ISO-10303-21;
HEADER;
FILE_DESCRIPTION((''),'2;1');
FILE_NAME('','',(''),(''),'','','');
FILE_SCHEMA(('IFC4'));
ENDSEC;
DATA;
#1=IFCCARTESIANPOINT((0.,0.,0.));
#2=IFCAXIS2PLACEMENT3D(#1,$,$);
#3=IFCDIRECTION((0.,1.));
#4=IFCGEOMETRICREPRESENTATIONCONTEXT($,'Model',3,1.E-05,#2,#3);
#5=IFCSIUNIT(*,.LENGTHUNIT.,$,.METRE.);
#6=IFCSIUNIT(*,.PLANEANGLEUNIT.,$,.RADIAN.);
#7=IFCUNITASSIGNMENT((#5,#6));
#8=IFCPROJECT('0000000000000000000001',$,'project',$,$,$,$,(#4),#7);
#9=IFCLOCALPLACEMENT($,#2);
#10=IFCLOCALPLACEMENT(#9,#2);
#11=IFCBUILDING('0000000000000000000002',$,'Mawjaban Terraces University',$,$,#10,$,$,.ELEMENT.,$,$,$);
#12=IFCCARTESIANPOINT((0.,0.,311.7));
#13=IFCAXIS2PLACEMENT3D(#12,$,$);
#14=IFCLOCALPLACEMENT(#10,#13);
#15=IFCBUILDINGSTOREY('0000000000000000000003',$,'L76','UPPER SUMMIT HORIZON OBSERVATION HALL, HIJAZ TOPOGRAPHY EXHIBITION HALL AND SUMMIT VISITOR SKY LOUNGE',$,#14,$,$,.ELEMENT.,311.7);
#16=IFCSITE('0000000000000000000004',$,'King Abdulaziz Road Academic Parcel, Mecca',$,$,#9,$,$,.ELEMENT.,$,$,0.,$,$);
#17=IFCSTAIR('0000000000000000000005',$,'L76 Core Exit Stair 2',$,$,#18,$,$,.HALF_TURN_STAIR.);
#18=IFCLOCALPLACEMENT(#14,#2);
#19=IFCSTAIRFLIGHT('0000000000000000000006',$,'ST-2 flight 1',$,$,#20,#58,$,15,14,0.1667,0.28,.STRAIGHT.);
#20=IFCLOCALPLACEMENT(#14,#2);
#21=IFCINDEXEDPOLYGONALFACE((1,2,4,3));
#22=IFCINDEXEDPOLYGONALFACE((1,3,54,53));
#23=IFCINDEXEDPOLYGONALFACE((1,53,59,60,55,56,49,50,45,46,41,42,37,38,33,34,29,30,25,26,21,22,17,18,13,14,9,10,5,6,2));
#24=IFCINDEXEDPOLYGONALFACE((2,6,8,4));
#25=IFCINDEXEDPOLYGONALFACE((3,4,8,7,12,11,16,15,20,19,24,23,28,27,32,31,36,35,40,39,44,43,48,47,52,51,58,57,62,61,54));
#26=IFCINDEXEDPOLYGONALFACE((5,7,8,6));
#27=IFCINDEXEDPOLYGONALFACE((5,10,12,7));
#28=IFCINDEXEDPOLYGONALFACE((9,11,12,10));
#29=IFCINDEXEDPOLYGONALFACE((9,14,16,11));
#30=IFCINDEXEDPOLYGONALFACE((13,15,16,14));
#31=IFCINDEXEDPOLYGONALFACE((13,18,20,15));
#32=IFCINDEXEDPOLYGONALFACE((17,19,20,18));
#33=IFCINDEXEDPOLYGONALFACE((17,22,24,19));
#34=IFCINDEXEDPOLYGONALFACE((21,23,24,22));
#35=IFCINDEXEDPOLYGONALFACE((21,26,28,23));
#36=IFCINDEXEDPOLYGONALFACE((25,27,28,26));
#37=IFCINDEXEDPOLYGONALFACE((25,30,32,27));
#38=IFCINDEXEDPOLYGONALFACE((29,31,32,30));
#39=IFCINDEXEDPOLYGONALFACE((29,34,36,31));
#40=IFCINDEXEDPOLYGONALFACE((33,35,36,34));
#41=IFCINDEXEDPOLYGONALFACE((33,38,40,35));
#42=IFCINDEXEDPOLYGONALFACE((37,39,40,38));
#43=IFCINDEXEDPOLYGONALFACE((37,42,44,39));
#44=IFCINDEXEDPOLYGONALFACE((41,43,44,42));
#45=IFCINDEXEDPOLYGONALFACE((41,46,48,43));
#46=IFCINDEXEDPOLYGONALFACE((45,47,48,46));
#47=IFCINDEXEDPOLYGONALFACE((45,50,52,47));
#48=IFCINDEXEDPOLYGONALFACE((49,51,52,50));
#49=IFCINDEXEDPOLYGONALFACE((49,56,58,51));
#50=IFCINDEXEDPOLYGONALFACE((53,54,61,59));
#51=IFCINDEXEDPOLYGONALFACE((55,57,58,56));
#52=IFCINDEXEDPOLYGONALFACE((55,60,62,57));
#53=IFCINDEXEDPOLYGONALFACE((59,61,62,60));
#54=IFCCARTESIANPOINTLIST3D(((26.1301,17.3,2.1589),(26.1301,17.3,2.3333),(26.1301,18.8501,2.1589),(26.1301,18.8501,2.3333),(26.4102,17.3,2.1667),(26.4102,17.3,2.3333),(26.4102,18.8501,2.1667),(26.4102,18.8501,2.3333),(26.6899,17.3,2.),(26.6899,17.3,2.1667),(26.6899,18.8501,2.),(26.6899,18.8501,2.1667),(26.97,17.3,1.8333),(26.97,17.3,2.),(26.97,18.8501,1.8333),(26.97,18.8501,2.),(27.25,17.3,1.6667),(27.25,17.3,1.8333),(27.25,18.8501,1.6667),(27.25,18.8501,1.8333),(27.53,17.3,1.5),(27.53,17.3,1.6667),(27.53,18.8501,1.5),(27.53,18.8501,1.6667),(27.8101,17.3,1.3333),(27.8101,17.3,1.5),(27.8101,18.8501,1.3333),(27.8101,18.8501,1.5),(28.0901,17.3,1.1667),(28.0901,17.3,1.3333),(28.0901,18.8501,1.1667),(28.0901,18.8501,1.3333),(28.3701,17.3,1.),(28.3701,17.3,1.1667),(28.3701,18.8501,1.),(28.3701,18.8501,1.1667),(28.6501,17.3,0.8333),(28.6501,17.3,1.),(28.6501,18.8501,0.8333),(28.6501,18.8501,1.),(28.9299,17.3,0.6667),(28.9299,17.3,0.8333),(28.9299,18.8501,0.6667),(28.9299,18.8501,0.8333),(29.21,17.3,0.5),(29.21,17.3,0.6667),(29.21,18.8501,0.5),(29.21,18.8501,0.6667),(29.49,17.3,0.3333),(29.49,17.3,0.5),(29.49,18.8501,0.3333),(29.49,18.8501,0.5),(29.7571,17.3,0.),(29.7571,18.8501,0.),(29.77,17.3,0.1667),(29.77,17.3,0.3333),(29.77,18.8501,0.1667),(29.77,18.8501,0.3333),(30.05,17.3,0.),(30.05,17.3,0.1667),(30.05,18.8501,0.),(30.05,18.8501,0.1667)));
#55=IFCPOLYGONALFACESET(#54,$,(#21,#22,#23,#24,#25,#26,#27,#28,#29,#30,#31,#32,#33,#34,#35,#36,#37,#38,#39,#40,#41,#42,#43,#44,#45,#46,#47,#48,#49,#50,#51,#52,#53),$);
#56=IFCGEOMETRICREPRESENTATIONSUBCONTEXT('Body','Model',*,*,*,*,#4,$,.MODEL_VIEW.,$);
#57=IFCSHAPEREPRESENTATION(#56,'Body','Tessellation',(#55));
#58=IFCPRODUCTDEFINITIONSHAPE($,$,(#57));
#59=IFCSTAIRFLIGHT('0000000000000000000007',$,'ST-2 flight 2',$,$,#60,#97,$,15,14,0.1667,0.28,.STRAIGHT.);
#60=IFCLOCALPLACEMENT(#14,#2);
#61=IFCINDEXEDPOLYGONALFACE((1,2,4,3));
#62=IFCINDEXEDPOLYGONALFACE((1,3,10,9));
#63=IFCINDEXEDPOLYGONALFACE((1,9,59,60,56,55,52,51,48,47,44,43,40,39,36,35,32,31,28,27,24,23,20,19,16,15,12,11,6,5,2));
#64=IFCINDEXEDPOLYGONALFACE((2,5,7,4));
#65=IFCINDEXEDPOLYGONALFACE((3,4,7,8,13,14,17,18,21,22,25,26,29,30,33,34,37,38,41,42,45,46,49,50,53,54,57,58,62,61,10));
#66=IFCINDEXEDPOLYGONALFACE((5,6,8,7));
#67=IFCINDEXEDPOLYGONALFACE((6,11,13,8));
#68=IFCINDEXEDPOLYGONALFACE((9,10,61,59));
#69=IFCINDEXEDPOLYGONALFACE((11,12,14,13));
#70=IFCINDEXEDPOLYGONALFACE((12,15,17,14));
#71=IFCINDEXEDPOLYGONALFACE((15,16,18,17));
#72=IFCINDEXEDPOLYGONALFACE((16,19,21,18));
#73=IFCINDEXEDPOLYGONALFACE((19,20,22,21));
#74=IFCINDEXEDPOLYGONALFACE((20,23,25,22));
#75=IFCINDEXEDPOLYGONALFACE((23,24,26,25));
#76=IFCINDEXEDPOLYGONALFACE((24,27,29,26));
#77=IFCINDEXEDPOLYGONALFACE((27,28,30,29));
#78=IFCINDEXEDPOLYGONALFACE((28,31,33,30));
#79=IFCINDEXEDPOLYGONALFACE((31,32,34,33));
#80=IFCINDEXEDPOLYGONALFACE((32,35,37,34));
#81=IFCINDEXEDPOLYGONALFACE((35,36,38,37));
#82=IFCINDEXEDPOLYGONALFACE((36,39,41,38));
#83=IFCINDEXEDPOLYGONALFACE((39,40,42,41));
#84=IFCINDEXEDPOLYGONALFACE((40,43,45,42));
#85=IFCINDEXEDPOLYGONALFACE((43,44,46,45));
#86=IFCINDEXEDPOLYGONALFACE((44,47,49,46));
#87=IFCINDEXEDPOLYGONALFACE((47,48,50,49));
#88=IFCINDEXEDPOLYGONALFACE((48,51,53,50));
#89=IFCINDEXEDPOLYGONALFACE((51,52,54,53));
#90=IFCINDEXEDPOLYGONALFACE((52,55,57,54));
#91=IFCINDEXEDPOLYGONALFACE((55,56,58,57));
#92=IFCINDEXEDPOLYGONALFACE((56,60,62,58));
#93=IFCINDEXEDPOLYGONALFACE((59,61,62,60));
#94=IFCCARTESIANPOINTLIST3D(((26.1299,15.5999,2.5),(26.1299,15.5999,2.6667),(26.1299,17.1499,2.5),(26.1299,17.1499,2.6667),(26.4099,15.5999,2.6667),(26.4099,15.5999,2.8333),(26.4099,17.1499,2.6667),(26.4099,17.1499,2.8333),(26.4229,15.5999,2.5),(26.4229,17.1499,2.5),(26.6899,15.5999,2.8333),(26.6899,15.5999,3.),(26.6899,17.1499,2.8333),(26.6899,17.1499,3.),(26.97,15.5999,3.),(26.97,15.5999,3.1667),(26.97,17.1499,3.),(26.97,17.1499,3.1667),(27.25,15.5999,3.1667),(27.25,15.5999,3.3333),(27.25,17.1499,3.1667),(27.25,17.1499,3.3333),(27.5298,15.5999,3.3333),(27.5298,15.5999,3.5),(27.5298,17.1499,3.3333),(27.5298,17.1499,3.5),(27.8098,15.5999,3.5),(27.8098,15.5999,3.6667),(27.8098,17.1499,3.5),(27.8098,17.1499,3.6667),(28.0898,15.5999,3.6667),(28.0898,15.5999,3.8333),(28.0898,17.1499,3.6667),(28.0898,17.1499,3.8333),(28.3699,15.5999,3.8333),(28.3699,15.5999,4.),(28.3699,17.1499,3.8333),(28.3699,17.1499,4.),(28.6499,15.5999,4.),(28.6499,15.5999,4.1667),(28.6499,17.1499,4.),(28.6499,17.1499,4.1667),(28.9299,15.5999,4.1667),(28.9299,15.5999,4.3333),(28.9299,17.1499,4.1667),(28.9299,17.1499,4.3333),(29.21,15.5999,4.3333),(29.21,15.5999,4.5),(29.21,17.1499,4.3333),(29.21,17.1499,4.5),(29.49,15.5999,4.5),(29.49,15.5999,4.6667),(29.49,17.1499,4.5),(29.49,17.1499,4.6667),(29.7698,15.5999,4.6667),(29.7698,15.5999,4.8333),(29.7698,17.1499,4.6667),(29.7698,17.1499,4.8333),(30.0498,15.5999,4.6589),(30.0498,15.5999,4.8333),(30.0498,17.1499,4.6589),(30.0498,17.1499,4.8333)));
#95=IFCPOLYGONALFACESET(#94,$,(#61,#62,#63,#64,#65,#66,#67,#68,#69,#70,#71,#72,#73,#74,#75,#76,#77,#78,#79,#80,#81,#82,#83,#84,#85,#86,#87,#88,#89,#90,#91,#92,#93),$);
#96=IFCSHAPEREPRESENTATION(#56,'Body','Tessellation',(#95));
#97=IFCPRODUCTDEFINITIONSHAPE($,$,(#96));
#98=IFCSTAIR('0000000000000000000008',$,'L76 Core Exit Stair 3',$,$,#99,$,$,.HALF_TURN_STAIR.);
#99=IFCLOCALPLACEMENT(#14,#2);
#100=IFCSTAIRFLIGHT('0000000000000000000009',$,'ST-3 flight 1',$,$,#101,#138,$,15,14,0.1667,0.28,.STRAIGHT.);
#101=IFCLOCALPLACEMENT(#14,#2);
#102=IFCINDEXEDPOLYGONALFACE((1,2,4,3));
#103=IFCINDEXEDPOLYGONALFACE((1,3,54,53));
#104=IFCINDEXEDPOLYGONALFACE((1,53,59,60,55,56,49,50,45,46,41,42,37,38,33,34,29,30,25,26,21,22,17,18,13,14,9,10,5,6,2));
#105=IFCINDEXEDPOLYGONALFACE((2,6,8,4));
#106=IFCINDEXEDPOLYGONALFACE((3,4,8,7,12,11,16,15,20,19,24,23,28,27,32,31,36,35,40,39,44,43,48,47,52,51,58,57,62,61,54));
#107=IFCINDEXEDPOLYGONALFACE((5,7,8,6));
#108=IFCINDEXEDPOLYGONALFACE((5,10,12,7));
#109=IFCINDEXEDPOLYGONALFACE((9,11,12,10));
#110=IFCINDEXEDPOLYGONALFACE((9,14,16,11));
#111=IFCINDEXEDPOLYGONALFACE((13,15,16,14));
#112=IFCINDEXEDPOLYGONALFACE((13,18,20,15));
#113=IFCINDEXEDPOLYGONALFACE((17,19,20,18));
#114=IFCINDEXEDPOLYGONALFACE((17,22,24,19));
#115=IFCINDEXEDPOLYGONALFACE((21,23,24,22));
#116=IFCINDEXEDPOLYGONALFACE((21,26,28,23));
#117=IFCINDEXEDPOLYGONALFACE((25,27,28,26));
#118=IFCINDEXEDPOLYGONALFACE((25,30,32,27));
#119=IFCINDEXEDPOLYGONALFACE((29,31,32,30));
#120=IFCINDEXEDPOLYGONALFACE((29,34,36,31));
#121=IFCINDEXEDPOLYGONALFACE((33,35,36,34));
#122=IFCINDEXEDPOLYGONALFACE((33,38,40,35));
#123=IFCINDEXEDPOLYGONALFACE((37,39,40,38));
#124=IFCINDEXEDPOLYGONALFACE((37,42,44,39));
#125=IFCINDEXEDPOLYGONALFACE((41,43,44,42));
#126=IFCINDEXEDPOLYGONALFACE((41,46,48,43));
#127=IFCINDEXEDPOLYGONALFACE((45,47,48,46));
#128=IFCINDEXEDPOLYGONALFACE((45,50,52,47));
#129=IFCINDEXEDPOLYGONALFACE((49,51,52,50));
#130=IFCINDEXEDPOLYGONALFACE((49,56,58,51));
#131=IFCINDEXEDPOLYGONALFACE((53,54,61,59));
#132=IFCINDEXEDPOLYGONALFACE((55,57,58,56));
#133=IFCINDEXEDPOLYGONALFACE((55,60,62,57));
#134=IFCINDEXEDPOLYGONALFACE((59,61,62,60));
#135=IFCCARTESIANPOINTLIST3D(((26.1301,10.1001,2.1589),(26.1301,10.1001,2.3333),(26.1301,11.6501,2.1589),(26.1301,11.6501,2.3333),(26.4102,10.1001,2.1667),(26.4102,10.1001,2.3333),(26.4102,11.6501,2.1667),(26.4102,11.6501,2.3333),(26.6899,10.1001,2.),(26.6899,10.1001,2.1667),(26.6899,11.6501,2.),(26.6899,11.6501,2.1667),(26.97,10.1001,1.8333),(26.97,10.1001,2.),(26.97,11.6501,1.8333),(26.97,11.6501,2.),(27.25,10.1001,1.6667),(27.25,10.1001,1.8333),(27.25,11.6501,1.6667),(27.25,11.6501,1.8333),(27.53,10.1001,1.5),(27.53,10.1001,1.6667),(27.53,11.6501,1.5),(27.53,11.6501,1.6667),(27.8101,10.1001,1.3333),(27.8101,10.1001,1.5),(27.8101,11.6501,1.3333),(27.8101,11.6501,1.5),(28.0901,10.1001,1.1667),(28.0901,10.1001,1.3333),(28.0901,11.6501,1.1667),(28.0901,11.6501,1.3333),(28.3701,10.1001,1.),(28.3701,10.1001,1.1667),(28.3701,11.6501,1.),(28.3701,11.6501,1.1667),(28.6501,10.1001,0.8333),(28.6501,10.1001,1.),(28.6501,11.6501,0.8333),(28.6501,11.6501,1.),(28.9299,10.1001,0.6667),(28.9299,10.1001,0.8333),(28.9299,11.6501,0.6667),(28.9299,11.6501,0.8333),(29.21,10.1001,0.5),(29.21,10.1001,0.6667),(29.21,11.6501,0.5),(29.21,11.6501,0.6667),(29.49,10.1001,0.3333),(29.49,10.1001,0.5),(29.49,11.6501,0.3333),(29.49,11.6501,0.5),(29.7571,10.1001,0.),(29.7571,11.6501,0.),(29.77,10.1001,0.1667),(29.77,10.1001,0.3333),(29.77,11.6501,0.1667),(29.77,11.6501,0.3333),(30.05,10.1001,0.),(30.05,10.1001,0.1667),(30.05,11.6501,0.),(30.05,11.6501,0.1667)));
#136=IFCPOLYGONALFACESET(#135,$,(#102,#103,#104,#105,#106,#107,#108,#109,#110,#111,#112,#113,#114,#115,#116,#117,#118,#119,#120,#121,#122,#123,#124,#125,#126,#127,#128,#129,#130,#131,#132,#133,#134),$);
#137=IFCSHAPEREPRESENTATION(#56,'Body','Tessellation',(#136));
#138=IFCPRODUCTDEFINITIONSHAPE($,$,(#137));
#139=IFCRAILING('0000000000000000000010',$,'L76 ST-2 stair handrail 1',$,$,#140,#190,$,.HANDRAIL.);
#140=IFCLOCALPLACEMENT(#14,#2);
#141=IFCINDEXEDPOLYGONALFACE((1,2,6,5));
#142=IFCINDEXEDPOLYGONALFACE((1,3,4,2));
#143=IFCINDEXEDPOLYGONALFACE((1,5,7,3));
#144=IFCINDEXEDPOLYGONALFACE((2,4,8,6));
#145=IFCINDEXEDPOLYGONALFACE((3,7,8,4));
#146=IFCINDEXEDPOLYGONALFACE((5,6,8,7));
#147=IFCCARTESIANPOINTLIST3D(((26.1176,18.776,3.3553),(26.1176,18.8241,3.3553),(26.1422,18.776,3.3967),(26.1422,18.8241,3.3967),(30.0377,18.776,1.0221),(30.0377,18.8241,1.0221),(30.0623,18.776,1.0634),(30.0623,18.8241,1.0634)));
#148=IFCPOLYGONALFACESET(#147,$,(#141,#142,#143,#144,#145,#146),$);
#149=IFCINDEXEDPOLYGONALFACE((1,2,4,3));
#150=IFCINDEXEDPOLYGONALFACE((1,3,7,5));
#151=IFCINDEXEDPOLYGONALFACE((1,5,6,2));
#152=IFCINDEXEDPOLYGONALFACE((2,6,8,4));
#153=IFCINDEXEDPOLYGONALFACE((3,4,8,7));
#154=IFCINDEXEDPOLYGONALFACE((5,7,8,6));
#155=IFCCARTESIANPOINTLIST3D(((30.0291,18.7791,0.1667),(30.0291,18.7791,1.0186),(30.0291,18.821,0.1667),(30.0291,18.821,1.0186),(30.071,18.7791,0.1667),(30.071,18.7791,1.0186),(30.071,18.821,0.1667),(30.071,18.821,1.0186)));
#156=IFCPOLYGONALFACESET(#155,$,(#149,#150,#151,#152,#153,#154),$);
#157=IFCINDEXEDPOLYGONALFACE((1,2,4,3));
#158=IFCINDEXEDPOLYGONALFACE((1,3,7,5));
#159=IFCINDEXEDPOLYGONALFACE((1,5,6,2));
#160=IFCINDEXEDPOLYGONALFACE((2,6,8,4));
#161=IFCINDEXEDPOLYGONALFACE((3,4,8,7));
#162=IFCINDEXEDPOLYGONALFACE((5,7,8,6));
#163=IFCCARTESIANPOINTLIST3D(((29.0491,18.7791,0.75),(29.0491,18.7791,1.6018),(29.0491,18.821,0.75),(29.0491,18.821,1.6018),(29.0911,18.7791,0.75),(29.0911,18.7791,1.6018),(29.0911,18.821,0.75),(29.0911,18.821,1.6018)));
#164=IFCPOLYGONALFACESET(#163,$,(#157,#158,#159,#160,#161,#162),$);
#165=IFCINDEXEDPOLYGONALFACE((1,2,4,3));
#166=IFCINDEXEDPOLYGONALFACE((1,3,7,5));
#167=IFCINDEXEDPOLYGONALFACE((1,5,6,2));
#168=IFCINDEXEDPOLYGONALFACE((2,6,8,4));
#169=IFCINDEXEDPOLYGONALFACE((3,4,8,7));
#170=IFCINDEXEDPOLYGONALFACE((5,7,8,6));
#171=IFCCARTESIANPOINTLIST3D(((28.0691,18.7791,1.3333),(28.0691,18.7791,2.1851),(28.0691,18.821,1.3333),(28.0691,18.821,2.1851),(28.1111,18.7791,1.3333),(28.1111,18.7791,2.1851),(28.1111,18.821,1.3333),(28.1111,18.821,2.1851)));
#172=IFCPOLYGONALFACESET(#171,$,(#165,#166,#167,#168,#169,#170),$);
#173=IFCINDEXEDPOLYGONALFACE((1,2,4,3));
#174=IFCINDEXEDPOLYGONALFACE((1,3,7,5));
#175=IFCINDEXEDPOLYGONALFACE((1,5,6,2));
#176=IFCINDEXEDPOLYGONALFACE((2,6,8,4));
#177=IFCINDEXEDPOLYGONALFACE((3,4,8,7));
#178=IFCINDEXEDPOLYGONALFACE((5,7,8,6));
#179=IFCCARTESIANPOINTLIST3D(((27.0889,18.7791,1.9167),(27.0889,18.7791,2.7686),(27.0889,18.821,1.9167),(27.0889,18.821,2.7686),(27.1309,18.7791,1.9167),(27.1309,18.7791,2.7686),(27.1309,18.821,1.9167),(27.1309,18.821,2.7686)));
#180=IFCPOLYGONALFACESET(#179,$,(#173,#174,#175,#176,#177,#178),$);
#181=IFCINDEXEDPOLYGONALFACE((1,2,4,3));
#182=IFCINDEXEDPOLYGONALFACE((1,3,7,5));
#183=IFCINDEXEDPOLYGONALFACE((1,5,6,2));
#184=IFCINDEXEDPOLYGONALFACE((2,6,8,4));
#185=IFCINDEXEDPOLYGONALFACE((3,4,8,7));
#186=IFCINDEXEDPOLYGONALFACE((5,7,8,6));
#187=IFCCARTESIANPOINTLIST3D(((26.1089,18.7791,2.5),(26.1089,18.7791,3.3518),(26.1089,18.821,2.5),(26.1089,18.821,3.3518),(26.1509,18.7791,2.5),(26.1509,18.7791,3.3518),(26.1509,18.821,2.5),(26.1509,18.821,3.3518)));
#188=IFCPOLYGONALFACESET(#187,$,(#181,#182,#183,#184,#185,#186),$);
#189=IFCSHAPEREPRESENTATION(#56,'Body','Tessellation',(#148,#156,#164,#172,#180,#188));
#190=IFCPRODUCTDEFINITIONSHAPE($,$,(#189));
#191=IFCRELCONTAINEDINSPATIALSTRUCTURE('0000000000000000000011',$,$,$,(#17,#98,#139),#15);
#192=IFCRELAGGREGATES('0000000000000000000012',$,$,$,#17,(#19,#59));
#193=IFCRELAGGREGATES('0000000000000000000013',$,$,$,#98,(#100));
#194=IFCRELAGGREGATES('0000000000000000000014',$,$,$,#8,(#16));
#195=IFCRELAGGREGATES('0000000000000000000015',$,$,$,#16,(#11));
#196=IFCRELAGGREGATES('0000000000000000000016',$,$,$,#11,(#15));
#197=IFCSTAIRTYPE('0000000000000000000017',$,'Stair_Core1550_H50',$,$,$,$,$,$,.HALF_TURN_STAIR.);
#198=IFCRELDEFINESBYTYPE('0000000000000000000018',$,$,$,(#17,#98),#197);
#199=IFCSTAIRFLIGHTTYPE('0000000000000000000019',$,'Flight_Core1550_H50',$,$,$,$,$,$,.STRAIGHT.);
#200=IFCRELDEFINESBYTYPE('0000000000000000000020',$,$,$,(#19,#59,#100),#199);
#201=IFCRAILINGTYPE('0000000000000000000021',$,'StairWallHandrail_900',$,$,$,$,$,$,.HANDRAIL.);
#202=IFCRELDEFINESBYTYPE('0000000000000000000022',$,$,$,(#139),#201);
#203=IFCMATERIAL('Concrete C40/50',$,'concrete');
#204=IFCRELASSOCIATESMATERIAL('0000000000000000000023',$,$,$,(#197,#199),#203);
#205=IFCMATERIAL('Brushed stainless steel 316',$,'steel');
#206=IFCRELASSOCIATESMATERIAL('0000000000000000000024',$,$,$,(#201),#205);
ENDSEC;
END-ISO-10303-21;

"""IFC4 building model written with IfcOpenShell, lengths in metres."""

from ifc_helpers import new_model, si_unit, direction, frame, origin, origin_2d, place, context, subcontext, project, spatial, polyline, rectangle, outline, extrude, material, type_object, element, aggregate, save


model = new_model("IFC4")

# Units and contexts
model_context = context("Model", 3, precision=1e-05, world=origin(), true_north=direction((0.0, 1.0)))
body_context = subcontext(model_context, "Body", "Model", "MODEL_VIEW")
ifc_project = project(units=[si_unit("LENGTHUNIT", "METRE"), si_unit("PLANEANGLEUNIT", "RADIAN")], contexts=[model_context])

# Site, building, storey
site_placement = place(None, origin())
site = spatial("IfcSite", under=ifc_project, at=site_placement, Name="King Abdulaziz Road Academic Parcel, Mecca", CompositionType="ELEMENT", RefElevation=0.0)
building_placement = place(site_placement, origin())
building = spatial("IfcBuilding", under=site, at=building_placement, Name="Mawjaban Terraces University", CompositionType="ELEMENT")
storey_placement = place(building_placement, frame((0.0, 0.0, 311.7)))
storey = spatial("IfcBuildingStorey", under=building, at=storey_placement, Name="L76", Description="UPPER SUMMIT HORIZON OBSERVATION HALL, HIJAZ TOPOGRAPHY EXHIBITION HALL AND SUMMIT VISITOR SKY LOUNGE", CompositionType="ELEMENT", Elevation=311.7)

# Shared definitions
ifc_material_1 = material(Name="Concrete C40/50", Category="concrete")

# Stair, stair flights
stair_type = type_object("IfcStairType", Name="Stair_Core1550_H50", PredefinedType="HALF_TURN_STAIR", material=ifc_material_1)
stair_1_placement = place(storey_placement, origin())
stair_1 = element("IfcStair", 1, at=stair_1_placement, inside=storey, type_object=stair_type, Name="L76 Core Exit Stair 2", PredefinedType="HALF_TURN_STAIR")
stair_flight_type = type_object("IfcStairFlightType", Name="Flight_Core1550_H50", PredefinedType="STRAIGHT", material=ifc_material_1)
stair_flight_1_placement = place(storey_placement, frame((30.05, 18.075, 0.0), z_axis=(0.0, 0.0, 1.0), x_axis=(-1.0, 0.0, 0.0)))
stair_flight_1 = element("IfcStairFlight", 2, at=stair_flight_1_placement, type_object=stair_flight_type, Name="ST-2 flight 1", NumberOfRisers=15, NumberOfTreads=14, PredefinedType="STRAIGHT", RiserHeight=0.1667, TreadLength=0.28, context=body_context, shape_type="SweptSolid", body=[
    extrude(outline(polyline([(0.0, 0.0), (0.0, 0.1667), (0.28, 0.1667), (0.28, 0.3333), (0.5601, 0.3333), (0.5601, 0.5), (0.8401, 0.5), (0.8401, 0.6667), (1.1201, 0.6667), (1.1201, 0.8333), (1.3999, 0.8333), (1.3999, 1.0), (1.6799, 1.0), (1.6799, 1.1667), (1.96, 1.1667), (1.96, 1.3333), (2.24, 1.3333), (2.24, 1.5), (2.52, 1.5), (2.52, 1.6667), (2.8, 1.6667), (2.8, 1.8333), (3.0801, 1.8333), (3.0801, 2.0), (3.3601, 2.0), (3.3601, 2.1667), (3.6399, 2.1667), (3.6399, 2.3333), (3.9199, 2.3333), (3.9199, 2.5), (3.9199, 2.1589), (0.293, 0.0), (0.0, 0.0)])), frame((0.0, 0.7749, 0.0), z_axis=(0.0, -1.0, 0.0), x_axis=(1.0, 0.0, 0.0)), (0.0, 0.0, 1.0), 1.55),
])
stair_flight_2_placement = place(storey_placement, frame((26.1299, 16.375, 2.5), z_axis=(0.0, 0.0, 1.0), x_axis=(1.0, 0.0, 0.0)))
stair_flight_2 = element("IfcStairFlight", 3, at=stair_flight_2_placement, type_object=stair_flight_type, Name="ST-2 flight 2", NumberOfRisers=15, NumberOfTreads=14, PredefinedType="STRAIGHT", RiserHeight=0.1667, TreadLength=0.28, context=body_context, shape_type="SweptSolid", body=[
    extrude(outline(polyline([(0.0, 0.0), (0.0, 0.1667), (0.28, 0.1667), (0.28, 0.3333), (0.5601, 0.3333), (0.5601, 0.5), (0.8401, 0.5), (0.8401, 0.6667), (1.1201, 0.6667), (1.1201, 0.8333), (1.3999, 0.8333), (1.3999, 1.0), (1.6799, 1.0), (1.6799, 1.1667), (1.96, 1.1667), (1.96, 1.3333), (2.24, 1.3333), (2.24, 1.5), (2.52, 1.5), (2.52, 1.6667), (2.8, 1.6667), (2.8, 1.8333), (3.0801, 1.8333), (3.0801, 2.0), (3.3601, 2.0), (3.3601, 2.1667), (3.6399, 2.1667), (3.6399, 2.3333), (3.9199, 2.3333), (3.9199, 2.5), (3.9199, 2.1589), (0.293, 0.0), (0.0, 0.0)])), frame((0.0, 0.7749, 0.0), z_axis=(0.0, -1.0, 0.0), x_axis=(1.0, 0.0, 0.0)), (0.0, 0.0, 1.0), 1.55),
])
aggregate(stair_1, [stair_flight_1, stair_flight_2])

# Stair, stair flight
stair_2_placement = place(storey_placement, origin())
stair_2 = element("IfcStair", 4, at=stair_2_placement, inside=storey, type_object=stair_type, Name="L76 Core Exit Stair 3", PredefinedType="HALF_TURN_STAIR")
stair_flight_3_placement = place(storey_placement, frame((30.05, 10.875, 0.0), z_axis=(0.0, 0.0, 1.0), x_axis=(-1.0, 0.0, 0.0)))
stair_flight_3 = element("IfcStairFlight", 5, at=stair_flight_3_placement, type_object=stair_flight_type, Name="ST-3 flight 1", NumberOfRisers=15, NumberOfTreads=14, PredefinedType="STRAIGHT", RiserHeight=0.1667, TreadLength=0.28, context=body_context, shape_type="SweptSolid", body=[
    extrude(outline(polyline([(0.0, 0.0), (0.0, 0.1667), (0.28, 0.1667), (0.28, 0.3333), (0.5601, 0.3333), (0.5601, 0.5), (0.8401, 0.5), (0.8401, 0.6667), (1.1201, 0.6667), (1.1201, 0.8333), (1.3999, 0.8333), (1.3999, 1.0), (1.6799, 1.0), (1.6799, 1.1667), (1.96, 1.1667), (1.96, 1.3333), (2.24, 1.3333), (2.24, 1.5), (2.52, 1.5), (2.52, 1.6667), (2.8, 1.6667), (2.8, 1.8333), (3.0801, 1.8333), (3.0801, 2.0), (3.3601, 2.0), (3.3601, 2.1667), (3.6399, 2.1667), (3.6399, 2.3333), (3.9199, 2.3333), (3.9199, 2.5), (3.9199, 2.1589), (0.293, 0.0), (0.0, 0.0)])), frame((0.0, 0.7749, 0.0), z_axis=(0.0, -1.0, 0.0), x_axis=(1.0, 0.0, 0.0)), (0.0, 0.0, 1.0), 1.55),
])
aggregate(stair_2, [stair_flight_3])

# Railing
ifc_material_2 = material(Name="Brushed stainless steel 316", Category="steel")
railing_type_1 = type_object("IfcRailingType", Name="StairWallHandrail_900", PredefinedType="HANDRAIL", material=ifc_material_2)
for number, where, name in (
    (6, (30.05, 18.8, 0.1667), "L76 ST-2 stair handrail 1"),
):
    element("IfcRailing", number, at=place(storey_placement, frame(where)), inside=storey, type_object=railing_type_1, Name=name, PredefinedType="HANDRAIL", context=body_context, shape_type="SweptSolid", body=[
        extrude(rectangle(XDim=0.0481, YDim=0.0481, at=origin_2d()), frame((0.0, 0.0, 0.876), z_axis=(-0.85931, 0.0, 0.511455), x_axis=(0.0, -1.0, 0.0)), (0.0, 0.0, 1.0), 4.562),
        extrude(rectangle(XDim=0.042, YDim=0.042, at=origin_2d()), origin(), (0.0, 0.0, 1.0), 0.8518),
        extrude(rectangle(XDim=0.042, YDim=0.042, at=origin_2d()), frame((-0.98, 0.0, 0.5833)), (0.0, 0.0, 1.0), 0.8518),
        extrude(rectangle(XDim=0.042, YDim=0.042, at=origin_2d()), frame((-1.96, 0.0, 1.1665)), (0.0, 0.0, 1.0), 0.8518),
        extrude(rectangle(XDim=0.042, YDim=0.042, at=origin_2d()), frame((-2.9402, 0.0, 1.75)), (0.0, 0.0, 1.0), 0.8518),
        extrude(rectangle(XDim=0.042, YDim=0.042, at=origin_2d()), frame((-3.9202, 0.0, 2.3333)), (0.0, 0.0, 1.0), 0.8518),
    ])

save(model, "model.ifc")
